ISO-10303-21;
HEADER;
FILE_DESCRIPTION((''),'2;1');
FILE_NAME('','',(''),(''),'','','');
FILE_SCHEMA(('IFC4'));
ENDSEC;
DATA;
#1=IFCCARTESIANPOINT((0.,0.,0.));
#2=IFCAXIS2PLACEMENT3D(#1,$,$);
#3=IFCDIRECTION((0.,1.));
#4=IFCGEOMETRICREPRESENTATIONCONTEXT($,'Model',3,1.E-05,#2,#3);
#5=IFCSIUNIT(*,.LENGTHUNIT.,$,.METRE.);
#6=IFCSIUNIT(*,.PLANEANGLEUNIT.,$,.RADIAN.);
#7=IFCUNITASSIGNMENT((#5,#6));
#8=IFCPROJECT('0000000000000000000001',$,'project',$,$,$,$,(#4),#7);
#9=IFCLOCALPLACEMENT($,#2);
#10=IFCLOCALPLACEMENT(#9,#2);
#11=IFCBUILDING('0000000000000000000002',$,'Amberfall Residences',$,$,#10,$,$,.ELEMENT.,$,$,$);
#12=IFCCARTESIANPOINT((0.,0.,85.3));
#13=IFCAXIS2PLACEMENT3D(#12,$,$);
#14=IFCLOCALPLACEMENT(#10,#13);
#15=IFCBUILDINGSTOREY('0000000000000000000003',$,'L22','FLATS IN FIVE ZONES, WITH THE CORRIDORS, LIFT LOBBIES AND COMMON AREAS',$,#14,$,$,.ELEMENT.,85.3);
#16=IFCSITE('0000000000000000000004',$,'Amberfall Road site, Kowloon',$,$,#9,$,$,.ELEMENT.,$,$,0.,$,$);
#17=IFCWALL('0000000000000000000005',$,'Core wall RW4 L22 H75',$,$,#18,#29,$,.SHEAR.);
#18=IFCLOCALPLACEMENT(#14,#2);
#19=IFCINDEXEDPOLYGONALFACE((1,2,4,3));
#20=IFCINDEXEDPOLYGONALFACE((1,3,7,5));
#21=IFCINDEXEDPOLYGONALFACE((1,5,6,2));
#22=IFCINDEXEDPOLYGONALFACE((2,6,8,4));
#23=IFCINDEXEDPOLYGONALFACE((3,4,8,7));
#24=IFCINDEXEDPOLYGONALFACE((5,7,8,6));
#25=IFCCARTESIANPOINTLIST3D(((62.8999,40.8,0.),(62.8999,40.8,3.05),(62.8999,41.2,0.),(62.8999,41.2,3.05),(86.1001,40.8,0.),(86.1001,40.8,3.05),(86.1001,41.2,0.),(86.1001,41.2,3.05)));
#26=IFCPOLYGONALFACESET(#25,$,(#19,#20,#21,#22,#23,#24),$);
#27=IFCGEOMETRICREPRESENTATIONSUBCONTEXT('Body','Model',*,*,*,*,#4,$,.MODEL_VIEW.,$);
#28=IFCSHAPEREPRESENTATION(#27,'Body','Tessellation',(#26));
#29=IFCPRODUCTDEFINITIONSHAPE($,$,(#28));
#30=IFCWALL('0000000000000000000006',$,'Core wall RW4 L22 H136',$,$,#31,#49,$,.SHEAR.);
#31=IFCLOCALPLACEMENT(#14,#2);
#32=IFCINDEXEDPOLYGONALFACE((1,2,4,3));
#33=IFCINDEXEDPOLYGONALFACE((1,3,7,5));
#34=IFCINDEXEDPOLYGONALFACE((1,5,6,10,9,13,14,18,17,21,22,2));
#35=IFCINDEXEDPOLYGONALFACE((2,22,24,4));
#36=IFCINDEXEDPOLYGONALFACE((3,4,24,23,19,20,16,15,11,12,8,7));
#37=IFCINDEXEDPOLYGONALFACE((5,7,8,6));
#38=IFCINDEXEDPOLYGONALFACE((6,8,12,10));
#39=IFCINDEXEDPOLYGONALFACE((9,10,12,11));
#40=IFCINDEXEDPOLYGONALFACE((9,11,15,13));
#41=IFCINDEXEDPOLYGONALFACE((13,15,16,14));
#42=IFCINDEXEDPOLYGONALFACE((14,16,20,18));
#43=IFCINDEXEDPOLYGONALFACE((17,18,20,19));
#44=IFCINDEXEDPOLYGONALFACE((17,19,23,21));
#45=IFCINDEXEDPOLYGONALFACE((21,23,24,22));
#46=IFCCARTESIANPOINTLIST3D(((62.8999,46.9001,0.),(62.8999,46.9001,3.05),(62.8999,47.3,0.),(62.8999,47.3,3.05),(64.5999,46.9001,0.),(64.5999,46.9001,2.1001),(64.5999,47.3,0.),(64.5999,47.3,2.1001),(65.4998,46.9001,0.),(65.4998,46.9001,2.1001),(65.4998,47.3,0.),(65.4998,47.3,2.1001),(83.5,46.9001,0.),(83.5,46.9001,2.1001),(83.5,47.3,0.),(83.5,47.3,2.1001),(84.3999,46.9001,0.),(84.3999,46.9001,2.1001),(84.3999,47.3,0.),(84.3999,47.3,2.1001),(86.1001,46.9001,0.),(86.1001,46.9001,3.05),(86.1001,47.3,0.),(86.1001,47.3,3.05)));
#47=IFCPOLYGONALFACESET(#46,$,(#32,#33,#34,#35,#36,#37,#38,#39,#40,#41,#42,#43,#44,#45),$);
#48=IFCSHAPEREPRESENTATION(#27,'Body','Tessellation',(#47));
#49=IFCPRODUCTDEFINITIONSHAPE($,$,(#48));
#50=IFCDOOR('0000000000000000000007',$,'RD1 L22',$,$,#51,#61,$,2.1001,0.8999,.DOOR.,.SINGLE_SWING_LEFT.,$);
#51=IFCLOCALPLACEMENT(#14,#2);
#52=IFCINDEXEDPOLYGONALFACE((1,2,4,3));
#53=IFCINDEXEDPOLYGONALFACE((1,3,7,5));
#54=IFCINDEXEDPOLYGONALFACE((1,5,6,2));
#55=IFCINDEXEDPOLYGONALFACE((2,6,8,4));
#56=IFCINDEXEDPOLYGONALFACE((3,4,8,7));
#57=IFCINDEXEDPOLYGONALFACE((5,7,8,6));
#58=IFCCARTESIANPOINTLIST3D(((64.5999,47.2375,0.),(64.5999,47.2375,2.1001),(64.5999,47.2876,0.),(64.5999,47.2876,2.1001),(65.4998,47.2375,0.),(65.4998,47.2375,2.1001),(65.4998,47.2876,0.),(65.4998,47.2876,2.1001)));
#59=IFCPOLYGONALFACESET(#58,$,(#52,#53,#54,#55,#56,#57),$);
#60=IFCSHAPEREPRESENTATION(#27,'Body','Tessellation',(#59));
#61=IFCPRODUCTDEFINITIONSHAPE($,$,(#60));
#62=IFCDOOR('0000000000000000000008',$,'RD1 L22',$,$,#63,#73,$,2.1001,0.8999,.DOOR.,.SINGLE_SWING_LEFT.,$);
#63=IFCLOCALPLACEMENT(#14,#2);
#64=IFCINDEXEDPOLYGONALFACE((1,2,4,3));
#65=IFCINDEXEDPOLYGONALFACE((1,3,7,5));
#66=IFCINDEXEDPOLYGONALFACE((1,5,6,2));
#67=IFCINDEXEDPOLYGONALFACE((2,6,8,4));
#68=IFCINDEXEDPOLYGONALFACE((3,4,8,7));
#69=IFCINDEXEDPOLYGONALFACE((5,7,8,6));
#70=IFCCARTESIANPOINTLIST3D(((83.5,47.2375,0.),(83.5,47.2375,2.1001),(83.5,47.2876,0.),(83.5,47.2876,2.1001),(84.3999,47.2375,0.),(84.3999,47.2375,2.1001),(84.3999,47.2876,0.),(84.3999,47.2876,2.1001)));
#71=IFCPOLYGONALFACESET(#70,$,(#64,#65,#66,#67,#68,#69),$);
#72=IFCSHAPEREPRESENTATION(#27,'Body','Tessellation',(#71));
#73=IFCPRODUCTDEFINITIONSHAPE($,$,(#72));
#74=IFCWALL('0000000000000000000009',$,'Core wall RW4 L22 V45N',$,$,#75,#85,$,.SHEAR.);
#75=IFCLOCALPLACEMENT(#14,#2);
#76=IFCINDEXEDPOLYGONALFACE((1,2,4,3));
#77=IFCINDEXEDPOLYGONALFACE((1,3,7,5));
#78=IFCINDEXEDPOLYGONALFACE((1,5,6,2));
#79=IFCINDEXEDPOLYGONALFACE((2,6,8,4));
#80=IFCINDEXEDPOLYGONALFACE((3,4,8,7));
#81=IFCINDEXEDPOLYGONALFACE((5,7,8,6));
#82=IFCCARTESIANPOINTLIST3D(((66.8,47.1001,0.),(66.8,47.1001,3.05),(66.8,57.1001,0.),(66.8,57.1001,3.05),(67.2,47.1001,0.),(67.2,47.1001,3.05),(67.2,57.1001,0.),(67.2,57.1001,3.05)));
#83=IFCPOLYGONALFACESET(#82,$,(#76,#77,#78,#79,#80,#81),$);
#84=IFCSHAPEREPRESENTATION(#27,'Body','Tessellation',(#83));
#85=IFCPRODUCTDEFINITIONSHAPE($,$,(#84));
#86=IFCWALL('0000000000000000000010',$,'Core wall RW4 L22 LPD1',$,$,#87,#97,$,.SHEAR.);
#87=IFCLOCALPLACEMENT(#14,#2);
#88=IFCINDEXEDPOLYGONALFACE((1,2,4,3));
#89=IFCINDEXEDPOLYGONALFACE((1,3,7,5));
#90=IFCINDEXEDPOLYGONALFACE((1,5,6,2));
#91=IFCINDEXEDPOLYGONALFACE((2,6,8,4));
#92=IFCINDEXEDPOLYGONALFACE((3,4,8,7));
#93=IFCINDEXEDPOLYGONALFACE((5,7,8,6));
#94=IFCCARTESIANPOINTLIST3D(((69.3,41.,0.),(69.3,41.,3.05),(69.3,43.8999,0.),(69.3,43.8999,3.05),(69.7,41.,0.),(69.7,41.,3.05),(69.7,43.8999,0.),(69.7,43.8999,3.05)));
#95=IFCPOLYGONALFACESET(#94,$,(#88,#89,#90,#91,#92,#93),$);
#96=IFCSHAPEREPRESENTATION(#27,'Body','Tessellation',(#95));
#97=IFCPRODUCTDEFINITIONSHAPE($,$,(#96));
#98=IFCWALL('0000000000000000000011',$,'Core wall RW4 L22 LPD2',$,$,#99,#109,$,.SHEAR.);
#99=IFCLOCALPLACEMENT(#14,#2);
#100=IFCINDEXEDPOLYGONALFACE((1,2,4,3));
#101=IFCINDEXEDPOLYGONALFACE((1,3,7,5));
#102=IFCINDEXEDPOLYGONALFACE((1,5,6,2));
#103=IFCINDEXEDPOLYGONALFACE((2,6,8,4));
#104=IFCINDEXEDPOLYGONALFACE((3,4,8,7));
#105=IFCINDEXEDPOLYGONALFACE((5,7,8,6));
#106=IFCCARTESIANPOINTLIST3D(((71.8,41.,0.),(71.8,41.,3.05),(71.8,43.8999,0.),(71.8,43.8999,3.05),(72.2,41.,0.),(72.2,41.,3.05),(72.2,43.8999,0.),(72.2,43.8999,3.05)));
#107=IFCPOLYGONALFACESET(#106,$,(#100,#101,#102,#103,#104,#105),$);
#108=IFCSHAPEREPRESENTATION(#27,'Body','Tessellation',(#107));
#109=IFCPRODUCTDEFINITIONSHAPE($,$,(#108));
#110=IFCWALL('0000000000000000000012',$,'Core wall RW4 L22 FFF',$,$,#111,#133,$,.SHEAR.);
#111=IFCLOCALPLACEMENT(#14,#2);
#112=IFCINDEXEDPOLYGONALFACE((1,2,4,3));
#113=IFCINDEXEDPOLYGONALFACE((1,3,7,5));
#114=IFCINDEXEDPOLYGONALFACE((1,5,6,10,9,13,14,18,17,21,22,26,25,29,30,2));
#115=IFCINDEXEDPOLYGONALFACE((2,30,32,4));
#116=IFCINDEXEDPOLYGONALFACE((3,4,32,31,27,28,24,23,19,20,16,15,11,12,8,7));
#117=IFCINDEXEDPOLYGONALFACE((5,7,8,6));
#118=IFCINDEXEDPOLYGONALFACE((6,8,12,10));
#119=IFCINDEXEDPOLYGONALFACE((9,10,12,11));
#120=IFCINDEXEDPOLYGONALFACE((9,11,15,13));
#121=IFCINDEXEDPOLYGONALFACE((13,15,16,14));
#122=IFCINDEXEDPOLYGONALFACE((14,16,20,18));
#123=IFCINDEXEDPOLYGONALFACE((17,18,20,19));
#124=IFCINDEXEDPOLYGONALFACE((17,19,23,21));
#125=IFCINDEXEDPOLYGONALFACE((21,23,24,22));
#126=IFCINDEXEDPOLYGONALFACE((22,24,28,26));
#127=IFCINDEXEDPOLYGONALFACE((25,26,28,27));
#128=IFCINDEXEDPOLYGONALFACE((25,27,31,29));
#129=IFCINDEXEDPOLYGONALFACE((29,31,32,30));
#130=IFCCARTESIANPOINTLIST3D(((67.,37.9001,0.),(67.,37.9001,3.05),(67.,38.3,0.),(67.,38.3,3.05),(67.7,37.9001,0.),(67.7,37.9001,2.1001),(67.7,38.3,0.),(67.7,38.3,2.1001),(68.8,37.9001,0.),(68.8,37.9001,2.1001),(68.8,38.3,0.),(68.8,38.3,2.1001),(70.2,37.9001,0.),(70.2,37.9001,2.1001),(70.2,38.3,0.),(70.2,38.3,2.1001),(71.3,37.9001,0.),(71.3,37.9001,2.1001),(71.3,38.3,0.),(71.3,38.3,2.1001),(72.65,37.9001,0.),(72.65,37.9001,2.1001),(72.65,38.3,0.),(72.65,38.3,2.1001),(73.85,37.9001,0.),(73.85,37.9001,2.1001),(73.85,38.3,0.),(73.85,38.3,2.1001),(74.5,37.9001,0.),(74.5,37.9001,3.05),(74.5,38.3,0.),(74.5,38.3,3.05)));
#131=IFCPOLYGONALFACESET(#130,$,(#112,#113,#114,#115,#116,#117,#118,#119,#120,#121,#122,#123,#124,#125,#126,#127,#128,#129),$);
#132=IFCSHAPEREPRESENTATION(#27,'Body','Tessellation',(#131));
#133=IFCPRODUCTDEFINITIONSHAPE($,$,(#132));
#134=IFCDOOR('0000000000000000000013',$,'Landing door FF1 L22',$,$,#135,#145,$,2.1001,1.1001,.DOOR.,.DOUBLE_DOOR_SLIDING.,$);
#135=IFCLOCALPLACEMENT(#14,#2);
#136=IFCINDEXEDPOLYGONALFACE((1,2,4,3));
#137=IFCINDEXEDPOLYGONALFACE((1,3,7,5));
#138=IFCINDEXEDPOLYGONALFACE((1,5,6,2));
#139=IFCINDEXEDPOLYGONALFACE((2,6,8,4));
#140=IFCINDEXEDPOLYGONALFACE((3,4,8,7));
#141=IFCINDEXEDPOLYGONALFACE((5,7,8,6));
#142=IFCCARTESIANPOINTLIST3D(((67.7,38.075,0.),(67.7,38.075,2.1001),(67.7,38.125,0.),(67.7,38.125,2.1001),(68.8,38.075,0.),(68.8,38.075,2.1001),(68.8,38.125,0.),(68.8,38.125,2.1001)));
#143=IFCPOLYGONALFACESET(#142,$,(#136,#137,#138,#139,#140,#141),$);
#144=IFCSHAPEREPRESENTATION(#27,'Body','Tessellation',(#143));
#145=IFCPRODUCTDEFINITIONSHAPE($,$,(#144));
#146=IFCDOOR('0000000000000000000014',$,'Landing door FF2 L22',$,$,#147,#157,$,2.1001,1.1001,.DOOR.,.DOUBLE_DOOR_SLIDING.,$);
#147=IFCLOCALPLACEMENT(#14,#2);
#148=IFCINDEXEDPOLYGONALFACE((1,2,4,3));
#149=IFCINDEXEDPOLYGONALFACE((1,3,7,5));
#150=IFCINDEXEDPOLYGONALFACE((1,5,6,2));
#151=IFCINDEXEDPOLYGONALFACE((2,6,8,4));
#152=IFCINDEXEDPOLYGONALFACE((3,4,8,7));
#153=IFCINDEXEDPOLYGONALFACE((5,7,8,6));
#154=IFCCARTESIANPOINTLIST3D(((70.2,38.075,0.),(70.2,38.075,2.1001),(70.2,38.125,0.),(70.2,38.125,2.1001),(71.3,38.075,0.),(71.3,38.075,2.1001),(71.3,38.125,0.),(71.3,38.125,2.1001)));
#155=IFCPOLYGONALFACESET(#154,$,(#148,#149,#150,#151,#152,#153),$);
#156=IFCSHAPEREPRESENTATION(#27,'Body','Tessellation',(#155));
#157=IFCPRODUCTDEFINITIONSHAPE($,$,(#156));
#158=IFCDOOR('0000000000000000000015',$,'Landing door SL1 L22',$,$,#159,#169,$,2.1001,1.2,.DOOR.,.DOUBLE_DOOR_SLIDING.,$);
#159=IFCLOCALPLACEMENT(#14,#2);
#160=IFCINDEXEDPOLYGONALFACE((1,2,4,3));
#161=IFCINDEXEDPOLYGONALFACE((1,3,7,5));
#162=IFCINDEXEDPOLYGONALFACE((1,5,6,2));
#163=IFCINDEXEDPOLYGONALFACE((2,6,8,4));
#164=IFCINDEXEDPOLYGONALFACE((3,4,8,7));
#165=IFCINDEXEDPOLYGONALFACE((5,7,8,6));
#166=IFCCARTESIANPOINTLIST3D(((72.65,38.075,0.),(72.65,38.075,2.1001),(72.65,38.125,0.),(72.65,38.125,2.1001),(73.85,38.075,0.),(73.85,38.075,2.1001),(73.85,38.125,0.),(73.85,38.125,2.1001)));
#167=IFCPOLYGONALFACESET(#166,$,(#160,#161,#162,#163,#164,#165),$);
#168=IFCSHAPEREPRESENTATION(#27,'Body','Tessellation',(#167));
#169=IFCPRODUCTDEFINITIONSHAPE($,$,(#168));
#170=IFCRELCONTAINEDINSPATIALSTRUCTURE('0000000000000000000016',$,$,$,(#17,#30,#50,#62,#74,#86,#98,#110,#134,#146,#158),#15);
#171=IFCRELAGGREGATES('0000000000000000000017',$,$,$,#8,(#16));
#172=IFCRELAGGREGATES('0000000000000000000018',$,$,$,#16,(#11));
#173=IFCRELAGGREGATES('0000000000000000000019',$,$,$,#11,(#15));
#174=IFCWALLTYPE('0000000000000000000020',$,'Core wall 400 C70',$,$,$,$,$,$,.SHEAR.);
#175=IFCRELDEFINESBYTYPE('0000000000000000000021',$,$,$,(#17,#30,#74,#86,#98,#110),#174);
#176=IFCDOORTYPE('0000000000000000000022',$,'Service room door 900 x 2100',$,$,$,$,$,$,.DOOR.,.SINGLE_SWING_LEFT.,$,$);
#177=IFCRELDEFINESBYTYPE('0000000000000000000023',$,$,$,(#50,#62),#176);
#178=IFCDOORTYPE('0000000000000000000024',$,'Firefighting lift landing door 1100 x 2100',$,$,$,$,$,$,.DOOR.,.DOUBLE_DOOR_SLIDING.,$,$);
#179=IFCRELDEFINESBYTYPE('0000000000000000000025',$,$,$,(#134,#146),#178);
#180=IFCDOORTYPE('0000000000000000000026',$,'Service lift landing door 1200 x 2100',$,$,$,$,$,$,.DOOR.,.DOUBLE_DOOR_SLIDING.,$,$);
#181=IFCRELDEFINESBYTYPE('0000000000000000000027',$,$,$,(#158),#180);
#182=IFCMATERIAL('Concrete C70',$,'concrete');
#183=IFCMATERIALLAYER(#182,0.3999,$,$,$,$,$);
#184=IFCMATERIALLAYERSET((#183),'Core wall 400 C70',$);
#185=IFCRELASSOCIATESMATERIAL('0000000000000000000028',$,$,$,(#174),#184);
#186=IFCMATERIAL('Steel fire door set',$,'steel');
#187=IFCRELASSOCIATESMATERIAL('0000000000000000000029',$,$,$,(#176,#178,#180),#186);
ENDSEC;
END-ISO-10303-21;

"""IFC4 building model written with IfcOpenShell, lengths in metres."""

from ifc_helpers import new_model, si_unit, direction, frame, frame_2d, origin, place, context, subcontext, project, spatial, rectangle, extrude, material, layer, layer_set, type_object, element, fill, save


model = new_model("IFC4")

# Units and contexts
model_context = context("Model", 3, precision=1e-05, world=origin(), true_north=direction((0.0, 1.0)))
body_context = subcontext(model_context, "Body", "Model", "MODEL_VIEW")
ifc_project = project(units=[si_unit("LENGTHUNIT", "METRE"), si_unit("PLANEANGLEUNIT", "RADIAN")], contexts=[model_context])

# Site, building, storey
site_placement = place(None, origin())
site = spatial("IfcSite", under=ifc_project, at=site_placement, Name="Amberfall Road site, Kowloon", CompositionType="ELEMENT", RefElevation=0.0)
building_placement = place(site_placement, origin())
building = spatial("IfcBuilding", under=site, at=building_placement, Name="Amberfall Residences", CompositionType="ELEMENT")
storey_placement = place(building_placement, frame((0.0, 0.0, 85.3)))
storey = spatial("IfcBuildingStorey", under=building, at=storey_placement, Name="L22", Description="FLATS IN FIVE ZONES, WITH THE CORRIDORS, LIFT LOBBIES AND COMMON AREAS", CompositionType="ELEMENT", Elevation=85.3)

# Wall
ifc_material_1 = material(Name="Concrete C70", Category="concrete")
ifc_layer_1 = layer(ifc_material_1, 0.3999)
ifc_layer_set_1 = layer_set([ifc_layer_1], Name="Core wall 400 C70")
wall_type_1 = type_object("IfcWallType", Name="Core wall 400 C70", PredefinedType="SHEAR", material=ifc_layer_set_1)
wall_1_placement = place(storey_placement, frame((62.8999, 41.0, 0.0), z_axis=(0.0, 0.0, 1.0), x_axis=(1.0, 0.0, 0.0)))
element("IfcWall", 1, at=wall_1_placement, inside=storey, type_object=wall_type_1, Name="Core wall RW4 L22 H75", PredefinedType="SHEAR", context=body_context, shape_type="SweptSolid", body=[
    extrude(rectangle(XDim=23.2002, YDim=0.3999, at=frame_2d((11.6001, 0.0))), origin(), (0.0, 0.0, 1.0), 3.05),
])

# Wall, openings, doors
ifc_material_2 = material(Name="Steel fire door set", Category="steel")
door_type_1 = type_object("IfcDoorType", Name="Service room door 900 x 2100", OperationType="SINGLE_SWING_LEFT", PredefinedType="DOOR", material=ifc_material_2)
wall_2_placement = place(storey_placement, frame((62.8999, 47.1001, 0.0), z_axis=(0.0, 0.0, 1.0), x_axis=(1.0, 0.0, 0.0)))
wall_2 = element("IfcWall", 2, at=wall_2_placement, inside=storey, type_object=wall_type_1, Name="Core wall RW4 L22 H136", PredefinedType="SHEAR", context=body_context, shape_type="SweptSolid", body=[
    extrude(rectangle(XDim=23.2002, YDim=0.3999, at=frame_2d((11.6001, 0.0))), origin(), (0.0, 0.0, 1.0), 3.05),
])
opening_1_placement = place(wall_2_placement, frame((1.7, 0.0, 0.0)))
opening_1 = element("IfcOpeningElement", 3, at=opening_1_placement, cuts=wall_2, PredefinedType="OPENING", context=body_context, shape_type="SweptSolid", body=[
    extrude(rectangle(XDim=0.8999, YDim=2.1001, at=frame_2d((0.45, 1.05))), frame((0.0, 0.21, 0.0), z_axis=(0.0, -1.0, 0.0), x_axis=(1.0, 0.0, 0.0)), (0.0, 0.0, 1.0), 0.4199),
])
opening_2_placement = place(wall_2_placement, frame((20.6001, 0.0, 0.0)))
opening_2 = element("IfcOpeningElement", 4, at=opening_2_placement, cuts=wall_2, PredefinedType="OPENING", context=body_context, shape_type="SweptSolid", body=[
    extrude(rectangle(XDim=0.8999, YDim=2.1001, at=frame_2d((0.45, 1.05))), frame((0.0, 0.21, 0.0), z_axis=(0.0, -1.0, 0.0), x_axis=(1.0, 0.0, 0.0)), (0.0, 0.0, 1.0), 0.4199),
])
door_1_placement = place(opening_1_placement, origin())
door_1 = element("IfcDoor", 5, at=door_1_placement, inside=storey, type_object=door_type_1, Name="RD1 L22", OperationType="SINGLE_SWING_LEFT", OverallHeight=2.1001, OverallWidth=0.8999, PredefinedType="DOOR", context=body_context, shape_type="SweptSolid", body=[
    extrude(rectangle(XDim=0.8999, YDim=2.1001, at=frame_2d((0.45, 1.05))), frame((0.0, 0.1875, 0.0), z_axis=(0.0, -1.0, 0.0), x_axis=(1.0, 0.0, 0.0)), (0.0, 0.0, 1.0), 0.05),
])
fill(opening_1, door_1)
door_2_placement = place(opening_2_placement, origin())
door_2 = element("IfcDoor", 6, at=door_2_placement, inside=storey, type_object=door_type_1, Name="RD1 L22", OperationType="SINGLE_SWING_LEFT", OverallHeight=2.1001, OverallWidth=0.8999, PredefinedType="DOOR", context=body_context, shape_type="SweptSolid", body=[
    extrude(rectangle(XDim=0.8999, YDim=2.1001, at=frame_2d((0.45, 1.05))), frame((0.0, 0.1875, 0.0), z_axis=(0.0, -1.0, 0.0), x_axis=(1.0, 0.0, 0.0)), (0.0, 0.0, 1.0), 0.05),
])
fill(opening_2, door_2)

# Walls
wall_3_placement = place(storey_placement, frame((67.0, 47.1001, 0.0), z_axis=(0.0, 0.0, 1.0), x_axis=(0.0, 1.0, 0.0)))
element("IfcWall", 7, at=wall_3_placement, inside=storey, type_object=wall_type_1, Name="Core wall RW4 L22 V45N", PredefinedType="SHEAR", context=body_context, shape_type="SweptSolid", body=[
    extrude(rectangle(XDim=10.0, YDim=0.3999, at=frame_2d((5.0, 0.0))), origin(), (0.0, 0.0, 1.0), 3.05),
])
for number, where, z_axis, x_axis, name in (
    (8, (69.5, 41.0, 0.0), (0.0, 0.0, 1.0), (0.0, 1.0, 0.0), "Core wall RW4 L22 LPD1"),
    (9, (72.0, 41.0, 0.0), (0.0, 0.0, 1.0), (0.0, 1.0, 0.0), "Core wall RW4 L22 LPD2"),
):
    element("IfcWall", number, at=place(storey_placement, frame(where, z_axis=z_axis, x_axis=x_axis)), inside=storey, type_object=wall_type_1, Name=name, PredefinedType="SHEAR", context=body_context, shape_type="SweptSolid", body=[
        extrude(rectangle(XDim=2.8999, YDim=0.3999, at=frame_2d((1.45, 0.0))), origin(), (0.0, 0.0, 1.0), 3.05),
    ])

# Wall, openings, doors
wall_4_placement = place(storey_placement, frame((67.0, 38.1001, 0.0), z_axis=(0.0, 0.0, 1.0), x_axis=(1.0, 0.0, 0.0)))
wall_4 = element("IfcWall", 10, at=wall_4_placement, inside=storey, type_object=wall_type_1, Name="Core wall RW4 L22 FFF", PredefinedType="SHEAR", context=body_context, shape_type="SweptSolid", body=[
    extrude(rectangle(XDim=7.5, YDim=0.3999, at=frame_2d((3.75, 0.0))), origin(), (0.0, 0.0, 1.0), 3.05),
])
opening_3_placement = place(wall_4_placement, frame((0.7, 0.0, 0.0)))
opening_3 = element("IfcOpeningElement", 11, at=opening_3_placement, cuts=wall_4, PredefinedType="OPENING", context=body_context, shape_type="SweptSolid", body=[
    extrude(rectangle(XDim=1.1001, YDim=2.1001, at=frame_2d((0.55, 1.05))), frame((0.0, 0.21, 0.0), z_axis=(0.0, -1.0, 0.0), x_axis=(1.0, 0.0, 0.0)), (0.0, 0.0, 1.0), 0.4199),
])
opening_4_placement = place(wall_4_placement, frame((3.2, 0.0, 0.0)))
opening_4 = element("IfcOpeningElement", 12, at=opening_4_placement, cuts=wall_4, PredefinedType="OPENING", context=body_context, shape_type="SweptSolid", body=[
    extrude(rectangle(XDim=1.1001, YDim=2.1001, at=frame_2d((0.55, 1.05))), frame((0.0, 0.21, 0.0), z_axis=(0.0, -1.0, 0.0), x_axis=(1.0, 0.0, 0.0)), (0.0, 0.0, 1.0), 0.4199),
])
opening_5_placement = place(wall_4_placement, frame((5.6499, 0.0, 0.0)))
opening_5 = element("IfcOpeningElement", 13, at=opening_5_placement, cuts=wall_4, PredefinedType="OPENING", context=body_context, shape_type="SweptSolid", body=[
    extrude(rectangle(XDim=1.2, YDim=2.1001, at=frame_2d((0.6001, 1.05))), frame((0.0, 0.21, 0.0), z_axis=(0.0, -1.0, 0.0), x_axis=(1.0, 0.0, 0.0)), (0.0, 0.0, 1.0), 0.4199),
])
door_type_2 = type_object("IfcDoorType", Name="Firefighting lift landing door 1100 x 2100", OperationType="DOUBLE_DOOR_SLIDING", PredefinedType="DOOR", material=ifc_material_2)
door_3_placement = place(opening_3_placement, origin())
door_3 = element("IfcDoor", 14, at=door_3_placement, inside=storey, type_object=door_type_2, Name="Landing door FF1 L22", OperationType="DOUBLE_DOOR_SLIDING", OverallHeight=2.1001, OverallWidth=1.1001, PredefinedType="DOOR", context=body_context, shape_type="SweptSolid", body=[
    extrude(rectangle(XDim=1.1001, YDim=2.1001, at=frame_2d((0.55, 1.05))), frame((0.0, 0.0249, 0.0), z_axis=(0.0, -1.0, 0.0), x_axis=(1.0, 0.0, 0.0)), (0.0, 0.0, 1.0), 0.05),
])
fill(opening_3, door_3)
door_4_placement = place(opening_4_placement, origin())
door_4 = element("IfcDoor", 15, at=door_4_placement, inside=storey, type_object=door_type_2, Name="Landing door FF2 L22", OperationType="DOUBLE_DOOR_SLIDING", OverallHeight=2.1001, OverallWidth=1.1001, PredefinedType="DOOR", context=body_context, shape_type="SweptSolid", body=[
    extrude(rectangle(XDim=1.1001, YDim=2.1001, at=frame_2d((0.55, 1.05))), frame((0.0, 0.0249, 0.0), z_axis=(0.0, -1.0, 0.0), x_axis=(1.0, 0.0, 0.0)), (0.0, 0.0, 1.0), 0.05),
])
fill(opening_4, door_4)
door_type_3 = type_object("IfcDoorType", Name="Service lift landing door 1200 x 2100", OperationType="DOUBLE_DOOR_SLIDING", PredefinedType="DOOR", material=ifc_material_2)
door_5_placement = place(opening_5_placement, origin())
door_5 = element("IfcDoor", 16, at=door_5_placement, inside=storey, type_object=door_type_3, Name="Landing door SL1 L22", OperationType="DOUBLE_DOOR_SLIDING", OverallHeight=2.1001, OverallWidth=1.2, PredefinedType="DOOR", context=body_context, shape_type="SweptSolid", body=[
    extrude(rectangle(XDim=1.2, YDim=2.1001, at=frame_2d((0.6001, 1.05))), frame((0.0, 0.0249, 0.0), z_axis=(0.0, -1.0, 0.0), x_axis=(1.0, 0.0, 0.0)), (0.0, 0.0, 1.0), 0.05),
])
fill(opening_5, door_5)

save(model, "model.ifc")
